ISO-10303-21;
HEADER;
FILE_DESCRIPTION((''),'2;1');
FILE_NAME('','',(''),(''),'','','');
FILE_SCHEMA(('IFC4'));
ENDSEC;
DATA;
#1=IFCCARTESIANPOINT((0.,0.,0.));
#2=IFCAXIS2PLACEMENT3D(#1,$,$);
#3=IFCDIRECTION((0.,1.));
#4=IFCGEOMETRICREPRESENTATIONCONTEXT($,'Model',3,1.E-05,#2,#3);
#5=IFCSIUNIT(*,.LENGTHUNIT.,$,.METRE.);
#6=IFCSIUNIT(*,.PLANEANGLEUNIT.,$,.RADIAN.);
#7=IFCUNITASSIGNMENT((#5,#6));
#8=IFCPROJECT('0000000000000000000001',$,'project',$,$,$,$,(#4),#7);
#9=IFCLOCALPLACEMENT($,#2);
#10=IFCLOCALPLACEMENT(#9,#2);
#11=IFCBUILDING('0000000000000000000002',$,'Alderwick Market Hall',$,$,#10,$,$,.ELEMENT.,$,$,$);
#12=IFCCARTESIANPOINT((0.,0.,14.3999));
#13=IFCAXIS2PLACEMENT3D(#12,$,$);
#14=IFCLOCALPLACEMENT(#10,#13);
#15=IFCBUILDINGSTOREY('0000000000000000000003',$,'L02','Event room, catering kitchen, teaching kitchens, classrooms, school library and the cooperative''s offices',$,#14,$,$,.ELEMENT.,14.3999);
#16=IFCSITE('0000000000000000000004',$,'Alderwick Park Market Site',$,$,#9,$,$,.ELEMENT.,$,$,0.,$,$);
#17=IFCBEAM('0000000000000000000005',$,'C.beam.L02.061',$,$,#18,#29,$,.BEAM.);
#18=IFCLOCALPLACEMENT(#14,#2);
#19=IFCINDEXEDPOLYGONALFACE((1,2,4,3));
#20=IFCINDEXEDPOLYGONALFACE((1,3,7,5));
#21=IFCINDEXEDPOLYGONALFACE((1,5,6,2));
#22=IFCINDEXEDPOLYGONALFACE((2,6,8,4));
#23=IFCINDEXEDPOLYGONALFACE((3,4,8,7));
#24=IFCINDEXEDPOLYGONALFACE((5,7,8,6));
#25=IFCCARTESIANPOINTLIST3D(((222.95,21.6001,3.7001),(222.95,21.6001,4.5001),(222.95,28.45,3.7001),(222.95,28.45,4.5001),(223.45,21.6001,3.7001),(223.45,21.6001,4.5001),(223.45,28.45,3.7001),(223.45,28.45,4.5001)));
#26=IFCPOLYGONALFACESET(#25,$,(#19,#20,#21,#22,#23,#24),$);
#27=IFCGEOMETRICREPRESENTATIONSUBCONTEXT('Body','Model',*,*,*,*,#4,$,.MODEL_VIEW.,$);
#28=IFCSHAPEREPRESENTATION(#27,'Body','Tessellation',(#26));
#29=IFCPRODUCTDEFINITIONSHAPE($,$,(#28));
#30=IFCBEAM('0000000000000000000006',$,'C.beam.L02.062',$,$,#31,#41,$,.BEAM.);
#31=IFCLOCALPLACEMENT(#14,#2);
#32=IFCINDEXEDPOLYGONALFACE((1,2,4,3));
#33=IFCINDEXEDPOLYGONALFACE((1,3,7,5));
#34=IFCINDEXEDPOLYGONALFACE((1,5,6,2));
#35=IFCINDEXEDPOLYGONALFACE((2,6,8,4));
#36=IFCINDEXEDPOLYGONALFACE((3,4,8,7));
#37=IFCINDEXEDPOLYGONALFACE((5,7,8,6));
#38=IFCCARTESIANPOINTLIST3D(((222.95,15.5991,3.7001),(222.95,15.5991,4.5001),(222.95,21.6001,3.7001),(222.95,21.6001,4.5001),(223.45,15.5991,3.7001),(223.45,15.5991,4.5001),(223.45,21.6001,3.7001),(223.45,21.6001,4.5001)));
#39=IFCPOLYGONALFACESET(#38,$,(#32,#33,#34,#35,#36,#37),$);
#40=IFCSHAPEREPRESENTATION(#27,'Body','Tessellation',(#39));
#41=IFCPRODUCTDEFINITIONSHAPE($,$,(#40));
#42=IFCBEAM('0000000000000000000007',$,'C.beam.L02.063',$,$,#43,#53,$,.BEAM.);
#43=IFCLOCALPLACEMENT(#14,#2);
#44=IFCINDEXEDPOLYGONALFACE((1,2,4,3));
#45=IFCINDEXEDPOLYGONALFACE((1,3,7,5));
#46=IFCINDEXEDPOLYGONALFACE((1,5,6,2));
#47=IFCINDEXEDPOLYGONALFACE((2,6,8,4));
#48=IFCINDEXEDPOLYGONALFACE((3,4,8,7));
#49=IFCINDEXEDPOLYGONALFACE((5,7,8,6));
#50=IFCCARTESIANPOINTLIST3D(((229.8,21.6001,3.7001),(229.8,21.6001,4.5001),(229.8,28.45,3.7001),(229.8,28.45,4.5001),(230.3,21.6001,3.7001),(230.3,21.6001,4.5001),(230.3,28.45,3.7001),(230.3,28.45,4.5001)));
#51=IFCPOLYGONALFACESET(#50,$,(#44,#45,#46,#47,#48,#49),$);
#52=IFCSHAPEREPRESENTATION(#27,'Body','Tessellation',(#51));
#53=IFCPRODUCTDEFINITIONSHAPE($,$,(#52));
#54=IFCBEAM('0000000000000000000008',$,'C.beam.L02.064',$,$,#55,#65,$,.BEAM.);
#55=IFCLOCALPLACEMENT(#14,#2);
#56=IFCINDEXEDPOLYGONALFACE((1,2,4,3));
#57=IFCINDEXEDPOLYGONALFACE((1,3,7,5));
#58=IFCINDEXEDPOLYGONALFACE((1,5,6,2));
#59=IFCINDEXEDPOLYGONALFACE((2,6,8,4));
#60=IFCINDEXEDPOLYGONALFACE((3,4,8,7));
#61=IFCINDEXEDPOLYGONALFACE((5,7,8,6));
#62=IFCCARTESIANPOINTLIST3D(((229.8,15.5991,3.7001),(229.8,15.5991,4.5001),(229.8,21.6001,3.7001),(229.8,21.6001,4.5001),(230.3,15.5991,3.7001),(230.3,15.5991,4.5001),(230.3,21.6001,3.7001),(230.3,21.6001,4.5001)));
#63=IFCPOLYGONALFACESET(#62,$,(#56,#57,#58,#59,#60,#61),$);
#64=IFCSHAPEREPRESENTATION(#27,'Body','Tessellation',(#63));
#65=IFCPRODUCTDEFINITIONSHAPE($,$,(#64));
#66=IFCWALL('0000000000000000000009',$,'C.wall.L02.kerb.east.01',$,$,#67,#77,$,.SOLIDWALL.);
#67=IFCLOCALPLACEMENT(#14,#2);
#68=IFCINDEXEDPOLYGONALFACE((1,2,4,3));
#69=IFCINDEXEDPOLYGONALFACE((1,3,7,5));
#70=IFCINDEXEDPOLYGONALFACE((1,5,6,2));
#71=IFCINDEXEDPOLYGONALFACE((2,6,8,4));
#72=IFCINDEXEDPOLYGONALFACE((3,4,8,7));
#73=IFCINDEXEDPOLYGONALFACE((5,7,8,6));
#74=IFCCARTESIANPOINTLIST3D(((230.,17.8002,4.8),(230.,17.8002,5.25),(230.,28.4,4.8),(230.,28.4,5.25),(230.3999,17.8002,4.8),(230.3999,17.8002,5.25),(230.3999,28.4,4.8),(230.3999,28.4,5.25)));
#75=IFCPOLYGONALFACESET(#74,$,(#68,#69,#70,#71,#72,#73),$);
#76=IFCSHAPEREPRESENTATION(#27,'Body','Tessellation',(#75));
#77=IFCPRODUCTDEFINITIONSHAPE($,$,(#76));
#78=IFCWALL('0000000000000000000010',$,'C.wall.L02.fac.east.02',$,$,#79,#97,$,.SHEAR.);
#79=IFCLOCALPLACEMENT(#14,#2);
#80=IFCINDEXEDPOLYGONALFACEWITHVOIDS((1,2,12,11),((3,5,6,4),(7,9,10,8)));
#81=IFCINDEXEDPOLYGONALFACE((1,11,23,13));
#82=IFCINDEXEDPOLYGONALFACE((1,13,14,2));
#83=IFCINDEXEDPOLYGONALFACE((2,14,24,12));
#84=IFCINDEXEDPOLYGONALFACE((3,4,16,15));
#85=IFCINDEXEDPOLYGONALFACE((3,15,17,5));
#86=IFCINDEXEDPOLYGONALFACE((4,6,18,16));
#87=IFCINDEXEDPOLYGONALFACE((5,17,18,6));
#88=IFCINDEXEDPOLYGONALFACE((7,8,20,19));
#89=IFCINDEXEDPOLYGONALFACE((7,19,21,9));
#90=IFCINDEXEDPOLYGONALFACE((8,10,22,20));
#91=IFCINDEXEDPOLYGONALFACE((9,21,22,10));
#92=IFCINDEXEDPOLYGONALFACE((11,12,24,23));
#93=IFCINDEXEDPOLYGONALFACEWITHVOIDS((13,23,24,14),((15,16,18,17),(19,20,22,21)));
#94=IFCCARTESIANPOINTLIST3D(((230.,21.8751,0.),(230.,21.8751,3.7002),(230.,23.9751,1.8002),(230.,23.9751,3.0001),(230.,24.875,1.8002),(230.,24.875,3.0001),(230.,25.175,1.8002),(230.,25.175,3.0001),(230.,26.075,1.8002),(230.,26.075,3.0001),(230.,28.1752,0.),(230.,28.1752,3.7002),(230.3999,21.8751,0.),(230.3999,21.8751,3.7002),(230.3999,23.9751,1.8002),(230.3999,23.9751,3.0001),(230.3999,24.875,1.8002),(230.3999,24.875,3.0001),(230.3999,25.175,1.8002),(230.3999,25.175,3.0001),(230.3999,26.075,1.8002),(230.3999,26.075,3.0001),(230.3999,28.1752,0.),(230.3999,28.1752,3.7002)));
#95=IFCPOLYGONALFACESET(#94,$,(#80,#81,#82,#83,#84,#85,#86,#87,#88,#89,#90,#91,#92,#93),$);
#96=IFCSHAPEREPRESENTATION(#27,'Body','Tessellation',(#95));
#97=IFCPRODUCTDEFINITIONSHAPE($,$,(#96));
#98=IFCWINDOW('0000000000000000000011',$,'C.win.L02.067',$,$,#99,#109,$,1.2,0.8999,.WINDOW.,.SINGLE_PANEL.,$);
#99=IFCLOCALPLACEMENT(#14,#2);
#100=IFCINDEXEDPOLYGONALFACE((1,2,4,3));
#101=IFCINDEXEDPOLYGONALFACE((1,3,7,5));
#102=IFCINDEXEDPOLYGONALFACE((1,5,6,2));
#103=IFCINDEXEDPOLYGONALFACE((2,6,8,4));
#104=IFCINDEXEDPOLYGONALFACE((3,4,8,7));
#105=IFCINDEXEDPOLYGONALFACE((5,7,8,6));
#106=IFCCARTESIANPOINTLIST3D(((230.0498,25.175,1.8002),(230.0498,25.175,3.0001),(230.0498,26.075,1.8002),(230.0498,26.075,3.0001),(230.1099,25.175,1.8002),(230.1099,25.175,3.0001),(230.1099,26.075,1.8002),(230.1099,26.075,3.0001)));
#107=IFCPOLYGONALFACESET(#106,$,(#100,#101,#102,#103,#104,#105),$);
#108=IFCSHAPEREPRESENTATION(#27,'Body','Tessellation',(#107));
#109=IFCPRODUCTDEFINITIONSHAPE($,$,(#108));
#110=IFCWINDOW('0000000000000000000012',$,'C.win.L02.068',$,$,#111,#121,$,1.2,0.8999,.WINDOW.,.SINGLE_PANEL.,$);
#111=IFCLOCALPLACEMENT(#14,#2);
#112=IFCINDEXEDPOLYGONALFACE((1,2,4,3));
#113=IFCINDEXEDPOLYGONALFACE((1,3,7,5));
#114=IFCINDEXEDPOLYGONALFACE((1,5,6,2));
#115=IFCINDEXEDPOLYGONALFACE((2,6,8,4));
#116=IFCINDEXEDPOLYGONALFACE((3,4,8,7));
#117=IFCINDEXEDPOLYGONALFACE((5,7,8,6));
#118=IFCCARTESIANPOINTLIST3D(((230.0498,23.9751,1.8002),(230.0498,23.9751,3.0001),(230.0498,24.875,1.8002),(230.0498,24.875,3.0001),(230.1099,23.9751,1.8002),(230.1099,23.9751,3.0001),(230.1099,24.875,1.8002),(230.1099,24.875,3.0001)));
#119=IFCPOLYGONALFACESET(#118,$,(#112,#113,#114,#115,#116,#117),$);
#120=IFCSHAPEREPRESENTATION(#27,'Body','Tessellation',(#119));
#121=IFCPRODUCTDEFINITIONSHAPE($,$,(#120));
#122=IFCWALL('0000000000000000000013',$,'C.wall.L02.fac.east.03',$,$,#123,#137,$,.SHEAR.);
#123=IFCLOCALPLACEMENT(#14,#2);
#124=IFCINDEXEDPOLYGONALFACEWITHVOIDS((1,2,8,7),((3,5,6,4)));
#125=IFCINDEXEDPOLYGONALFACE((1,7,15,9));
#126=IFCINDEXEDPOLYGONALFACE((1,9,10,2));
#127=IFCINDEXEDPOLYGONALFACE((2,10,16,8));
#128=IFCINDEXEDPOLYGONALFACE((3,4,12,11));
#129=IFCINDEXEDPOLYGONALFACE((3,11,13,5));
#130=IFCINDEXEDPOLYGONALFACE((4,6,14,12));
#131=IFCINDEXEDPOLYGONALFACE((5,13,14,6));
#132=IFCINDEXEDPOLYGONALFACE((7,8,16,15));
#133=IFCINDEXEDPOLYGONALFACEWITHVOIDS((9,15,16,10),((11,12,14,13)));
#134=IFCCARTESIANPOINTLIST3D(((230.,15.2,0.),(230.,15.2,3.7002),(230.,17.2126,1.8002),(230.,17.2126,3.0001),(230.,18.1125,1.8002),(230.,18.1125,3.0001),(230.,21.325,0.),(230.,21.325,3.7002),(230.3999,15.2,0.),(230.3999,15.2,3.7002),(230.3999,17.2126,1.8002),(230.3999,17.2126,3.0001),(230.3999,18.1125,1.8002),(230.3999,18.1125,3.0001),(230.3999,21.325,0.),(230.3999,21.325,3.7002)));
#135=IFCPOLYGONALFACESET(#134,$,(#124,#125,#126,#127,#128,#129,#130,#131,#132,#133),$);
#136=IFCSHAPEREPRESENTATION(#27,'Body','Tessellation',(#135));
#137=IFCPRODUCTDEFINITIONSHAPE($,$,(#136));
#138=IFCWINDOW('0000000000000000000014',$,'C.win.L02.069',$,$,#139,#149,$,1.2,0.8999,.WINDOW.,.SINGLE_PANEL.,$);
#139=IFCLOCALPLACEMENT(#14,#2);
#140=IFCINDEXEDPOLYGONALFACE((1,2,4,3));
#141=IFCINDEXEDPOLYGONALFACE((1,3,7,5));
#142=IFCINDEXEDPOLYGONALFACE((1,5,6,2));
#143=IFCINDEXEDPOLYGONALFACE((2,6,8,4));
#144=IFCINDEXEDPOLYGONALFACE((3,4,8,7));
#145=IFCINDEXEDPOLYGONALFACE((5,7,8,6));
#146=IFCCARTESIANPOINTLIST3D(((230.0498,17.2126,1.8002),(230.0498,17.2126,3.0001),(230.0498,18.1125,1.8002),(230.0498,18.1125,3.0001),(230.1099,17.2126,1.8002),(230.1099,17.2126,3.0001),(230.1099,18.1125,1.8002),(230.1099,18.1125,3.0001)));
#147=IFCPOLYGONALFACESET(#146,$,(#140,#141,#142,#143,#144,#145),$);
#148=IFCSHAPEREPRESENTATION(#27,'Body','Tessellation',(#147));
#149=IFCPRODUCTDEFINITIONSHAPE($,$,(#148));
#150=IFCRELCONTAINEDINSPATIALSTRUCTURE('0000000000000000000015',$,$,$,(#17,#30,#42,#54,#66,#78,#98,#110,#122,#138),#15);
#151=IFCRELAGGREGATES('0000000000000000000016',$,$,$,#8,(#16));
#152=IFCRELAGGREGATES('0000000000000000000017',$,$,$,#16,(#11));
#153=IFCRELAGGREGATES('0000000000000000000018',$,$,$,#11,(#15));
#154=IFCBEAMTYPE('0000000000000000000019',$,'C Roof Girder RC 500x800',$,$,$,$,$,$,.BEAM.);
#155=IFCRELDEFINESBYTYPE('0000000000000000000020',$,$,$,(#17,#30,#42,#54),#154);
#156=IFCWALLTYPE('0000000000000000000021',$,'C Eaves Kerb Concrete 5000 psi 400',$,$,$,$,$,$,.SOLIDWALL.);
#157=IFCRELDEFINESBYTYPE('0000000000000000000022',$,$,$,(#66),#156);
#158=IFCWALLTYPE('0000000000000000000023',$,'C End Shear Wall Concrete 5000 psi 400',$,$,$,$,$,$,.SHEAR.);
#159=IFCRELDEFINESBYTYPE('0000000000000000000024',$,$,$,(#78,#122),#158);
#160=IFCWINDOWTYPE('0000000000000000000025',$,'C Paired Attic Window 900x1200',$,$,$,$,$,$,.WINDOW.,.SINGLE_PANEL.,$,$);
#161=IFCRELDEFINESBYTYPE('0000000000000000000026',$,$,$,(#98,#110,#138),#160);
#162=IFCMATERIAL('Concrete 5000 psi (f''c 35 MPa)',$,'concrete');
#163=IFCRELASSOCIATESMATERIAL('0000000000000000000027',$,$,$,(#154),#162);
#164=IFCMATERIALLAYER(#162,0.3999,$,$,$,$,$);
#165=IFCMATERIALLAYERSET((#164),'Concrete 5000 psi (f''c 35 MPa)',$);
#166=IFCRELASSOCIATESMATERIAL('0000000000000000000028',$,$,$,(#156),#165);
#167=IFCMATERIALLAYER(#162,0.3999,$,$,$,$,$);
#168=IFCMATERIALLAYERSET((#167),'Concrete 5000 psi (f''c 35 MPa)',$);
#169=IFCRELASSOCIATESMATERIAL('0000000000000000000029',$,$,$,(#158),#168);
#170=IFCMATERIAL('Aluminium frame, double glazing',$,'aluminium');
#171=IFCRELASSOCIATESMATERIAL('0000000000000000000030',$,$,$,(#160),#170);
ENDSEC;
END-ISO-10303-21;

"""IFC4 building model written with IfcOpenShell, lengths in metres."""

from ifc_helpers import new_model, si_unit, direction, frame, frame_2d, origin, origin_2d, place, context, subcontext, project, spatial, rectangle, extrude, material, layer, layer_set, material_profile, profile_set, type_object, element, fill, save


model = new_model("IFC4")

# Units and contexts
model_context = context("Model", 3, precision=1e-05, world=origin(), true_north=direction((0.0, 1.0)))
body_context = subcontext(model_context, "Body", "Model", "MODEL_VIEW")
ifc_project = project(units=[si_unit("LENGTHUNIT", "METRE"), si_unit("PLANEANGLEUNIT", "RADIAN")], contexts=[model_context])

# Site, building, storey
site_placement = place(None, origin())
site = spatial("IfcSite", under=ifc_project, at=site_placement, Name="Alderwick Park Market Site", CompositionType="ELEMENT", RefElevation=0.0)
building_placement = place(site_placement, origin())
building = spatial("IfcBuilding", under=site, at=building_placement, Name="Alderwick Market Hall", CompositionType="ELEMENT")
storey_placement = place(building_placement, frame((0.0, 0.0, 14.3999)))
storey = spatial("IfcBuildingStorey", under=building, at=storey_placement, Name="L02", Description="Event room, catering kitchen, teaching kitchens, classrooms, school library and the cooperative's offices", CompositionType="ELEMENT", Elevation=14.3999)

# Shared definitions
ifc_material_1 = material(Name="Concrete 5000 psi (f'c 35 MPa)", Category="concrete")

# Beams
ifc_material_profile_1 = material_profile(ifc_material_1, rectangle(XDim=0.5, YDim=0.8, at=origin_2d()), Name="RC 500x800")
ifc_profile_set_1 = profile_set([ifc_material_profile_1], Name="Concrete 5000 psi (f'c 35 MPa)")
beam_type_1 = type_object("IfcBeamType", Name="C Roof Girder RC 500x800", PredefinedType="BEAM", material=ifc_profile_set_1)
beam_1_placement = place(storey_placement, frame((223.2, 28.45, 4.1001), z_axis=(0.0, -1.0, 0.0), x_axis=(1.0, 0.0, 0.0)))
element("IfcBeam", 1, at=beam_1_placement, inside=storey, type_object=beam_type_1, Name="C.beam.L02.061", PredefinedType="BEAM", context=body_context, shape_type="SweptSolid", body=[
    extrude(rectangle(XDim=0.5, YDim=0.8, at=origin_2d()), origin(), (0.0, 0.0, 1.0), 6.8499),
])
beam_2_placement = place(storey_placement, frame((223.2, 21.6001, 4.1001), z_axis=(0.0, -1.0, 0.0), x_axis=(1.0, 0.0, 0.0)))
element("IfcBeam", 2, at=beam_2_placement, inside=storey, type_object=beam_type_1, Name="C.beam.L02.062", PredefinedType="BEAM", context=body_context, shape_type="SweptSolid", body=[
    extrude(rectangle(XDim=0.5, YDim=0.8, at=origin_2d()), origin(), (0.0, 0.0, 1.0), 6.001),
])
beam_3_placement = place(storey_placement, frame((230.05, 28.45, 4.1001), z_axis=(0.0, -1.0, 0.0), x_axis=(1.0, 0.0, 0.0)))
element("IfcBeam", 3, at=beam_3_placement, inside=storey, type_object=beam_type_1, Name="C.beam.L02.063", PredefinedType="BEAM", context=body_context, shape_type="SweptSolid", body=[
    extrude(rectangle(XDim=0.5, YDim=0.8, at=origin_2d()), origin(), (0.0, 0.0, 1.0), 6.8499),
])
beam_4_placement = place(storey_placement, frame((230.05, 21.6001, 4.1001), z_axis=(0.0, -1.0, 0.0), x_axis=(1.0, 0.0, 0.0)))
element("IfcBeam", 4, at=beam_4_placement, inside=storey, type_object=beam_type_1, Name="C.beam.L02.064", PredefinedType="BEAM", context=body_context, shape_type="SweptSolid", body=[
    extrude(rectangle(XDim=0.5, YDim=0.8, at=origin_2d()), origin(), (0.0, 0.0, 1.0), 6.001),
])

# Wall
ifc_layer_1 = layer(ifc_material_1, 0.3999)
ifc_layer_set_1 = layer_set([ifc_layer_1], Name="Concrete 5000 psi (f'c 35 MPa)")
wall_type_1 = type_object("IfcWallType", Name="C Eaves Kerb Concrete 5000 psi 400", PredefinedType="SOLIDWALL", material=ifc_layer_set_1)
wall_1_placement = place(storey_placement, frame((230.2, 28.3999, 4.8), z_axis=(0.0, 0.0, 1.0), x_axis=(0.0, -1.0, 0.0)))
element("IfcWall", 5, at=wall_1_placement, inside=storey, type_object=wall_type_1, Name="C.wall.L02.kerb.east.01", PredefinedType="SOLIDWALL", context=body_context, shape_type="SweptSolid", body=[
    extrude(rectangle(XDim=10.5999, YDim=0.3999, at=frame_2d((5.2998, 0.0))), origin(), (0.0, 0.0, 1.0), 0.45),
])

# Wall, openings, windows
ifc_layer_2 = layer(ifc_material_1, 0.3999)
ifc_layer_set_2 = layer_set([ifc_layer_2], Name="Concrete 5000 psi (f'c 35 MPa)")
wall_type_2 = type_object("IfcWallType", Name="C End Shear Wall Concrete 5000 psi 400", PredefinedType="SHEAR", material=ifc_layer_set_2)
wall_2_placement = place(storey_placement, frame((230.2, 28.175, 0.0), z_axis=(0.0, 0.0, 1.0), x_axis=(0.0, -1.0, 0.0)))
wall_2 = element("IfcWall", 6, at=wall_2_placement, inside=storey, type_object=wall_type_2, Name="C.wall.L02.fac.east.02", PredefinedType="SHEAR", context=body_context, shape_type="SweptSolid", body=[
    extrude(rectangle(XDim=6.3, YDim=0.3999, at=frame_2d((3.1499, 0.0))), origin(), (0.0, 0.0, 1.0), 3.7002),
])
opening_1_placement = place(wall_2_placement, frame((2.1001, 0.0, 1.8)))
opening_1 = element("IfcOpeningElement", 7, at=opening_1_placement, cuts=wall_2, PredefinedType="OPENING", context=body_context, shape_type="SweptSolid", body=[
    extrude(rectangle(XDim=0.8999, YDim=1.2, at=frame_2d((0.45, 0.6001))), frame((0.0, 0.21, 0.0), z_axis=(0.0, -1.0, 0.0), x_axis=(1.0, 0.0, 0.0)), (0.0, 0.0, 1.0), 0.4199),
])
opening_2_placement = place(wall_2_placement, frame((3.3, 0.0, 1.8)))
opening_2 = element("IfcOpeningElement", 8, at=opening_2_placement, cuts=wall_2, PredefinedType="OPENING", context=body_context, shape_type="SweptSolid", body=[
    extrude(rectangle(XDim=0.8999, YDim=1.2, at=frame_2d((0.45, 0.6001))), frame((0.0, 0.21, 0.0), z_axis=(0.0, -1.0, 0.0), x_axis=(1.0, 0.0, 0.0)), (0.0, 0.0, 1.0), 0.4199),
])
ifc_material_2 = material(Name="Aluminium frame, double glazing", Category="aluminium")
window_type = type_object("IfcWindowType", Name="C Paired Attic Window 900x1200", PartitioningType="SINGLE_PANEL", PredefinedType="WINDOW", material=ifc_material_2)
window_1_placement = place(opening_1_placement, origin())
window_1 = element("IfcWindow", 9, at=window_1_placement, inside=storey, type_object=window_type, Name="C.win.L02.067", OverallHeight=1.2, OverallWidth=0.8999, PartitioningType="SINGLE_PANEL", PredefinedType="WINDOW", context=body_context, shape_type="SweptSolid", body=[
    extrude(rectangle(XDim=0.8999, YDim=1.2, at=frame_2d((0.45, 0.6001))), frame((0.0, -0.0901, 0.0), z_axis=(0.0, -1.0, 0.0), x_axis=(1.0, 0.0, 0.0)), (0.0, 0.0, 1.0), 0.0601),
])
fill(opening_1, window_1)
window_2_placement = place(opening_2_placement, origin())
window_2 = element("IfcWindow", 10, at=window_2_placement, inside=storey, type_object=window_type, Name="C.win.L02.068", OverallHeight=1.2, OverallWidth=0.8999, PartitioningType="SINGLE_PANEL", PredefinedType="WINDOW", context=body_context, shape_type="SweptSolid", body=[
    extrude(rectangle(XDim=0.8999, YDim=1.2, at=frame_2d((0.45, 0.6001))), frame((0.0, -0.0901, 0.0), z_axis=(0.0, -1.0, 0.0), x_axis=(1.0, 0.0, 0.0)), (0.0, 0.0, 1.0), 0.0601),
])
fill(opening_2, window_2)

# Wall, opening, window
wall_3_placement = place(storey_placement, frame((230.2, 21.325, 0.0), z_axis=(0.0, 0.0, 1.0), x_axis=(0.0, -1.0, 0.0)))
wall_3 = element("IfcWall", 11, at=wall_3_placement, inside=storey, type_object=wall_type_2, Name="C.wall.L02.fac.east.03", PredefinedType="SHEAR", context=body_context, shape_type="SweptSolid", body=[
    extrude(rectangle(XDim=6.125, YDim=0.3999, at=frame_2d((3.0625, 0.0))), origin(), (0.0, 0.0, 1.0), 3.7002),
])
opening_3_placement = place(wall_3_placement, frame((3.2124, 0.0, 1.8)))
opening_3 = element("IfcOpeningElement", 12, at=opening_3_placement, cuts=wall_3, PredefinedType="OPENING", context=body_context, shape_type="SweptSolid", body=[
    extrude(rectangle(XDim=0.8999, YDim=1.2, at=frame_2d((0.45, 0.6001))), frame((0.0, 0.21, 0.0), z_axis=(0.0, -1.0, 0.0), x_axis=(1.0, 0.0, 0.0)), (0.0, 0.0, 1.0), 0.4199),
])
window_3_placement = place(opening_3_placement, origin())
window_3 = element("IfcWindow", 13, at=window_3_placement, inside=storey, type_object=window_type, Name="C.win.L02.069", OverallHeight=1.2, OverallWidth=0.8999, PartitioningType="SINGLE_PANEL", PredefinedType="WINDOW", context=body_context, shape_type="SweptSolid", body=[
    extrude(rectangle(XDim=0.8999, YDim=1.2, at=frame_2d((0.45, 0.6001))), frame((0.0, -0.0901, 0.0), z_axis=(0.0, -1.0, 0.0), x_axis=(1.0, 0.0, 0.0)), (0.0, 0.0, 1.0), 0.0601),
])
fill(opening_3, window_3)

save(model, "model.ifc")
